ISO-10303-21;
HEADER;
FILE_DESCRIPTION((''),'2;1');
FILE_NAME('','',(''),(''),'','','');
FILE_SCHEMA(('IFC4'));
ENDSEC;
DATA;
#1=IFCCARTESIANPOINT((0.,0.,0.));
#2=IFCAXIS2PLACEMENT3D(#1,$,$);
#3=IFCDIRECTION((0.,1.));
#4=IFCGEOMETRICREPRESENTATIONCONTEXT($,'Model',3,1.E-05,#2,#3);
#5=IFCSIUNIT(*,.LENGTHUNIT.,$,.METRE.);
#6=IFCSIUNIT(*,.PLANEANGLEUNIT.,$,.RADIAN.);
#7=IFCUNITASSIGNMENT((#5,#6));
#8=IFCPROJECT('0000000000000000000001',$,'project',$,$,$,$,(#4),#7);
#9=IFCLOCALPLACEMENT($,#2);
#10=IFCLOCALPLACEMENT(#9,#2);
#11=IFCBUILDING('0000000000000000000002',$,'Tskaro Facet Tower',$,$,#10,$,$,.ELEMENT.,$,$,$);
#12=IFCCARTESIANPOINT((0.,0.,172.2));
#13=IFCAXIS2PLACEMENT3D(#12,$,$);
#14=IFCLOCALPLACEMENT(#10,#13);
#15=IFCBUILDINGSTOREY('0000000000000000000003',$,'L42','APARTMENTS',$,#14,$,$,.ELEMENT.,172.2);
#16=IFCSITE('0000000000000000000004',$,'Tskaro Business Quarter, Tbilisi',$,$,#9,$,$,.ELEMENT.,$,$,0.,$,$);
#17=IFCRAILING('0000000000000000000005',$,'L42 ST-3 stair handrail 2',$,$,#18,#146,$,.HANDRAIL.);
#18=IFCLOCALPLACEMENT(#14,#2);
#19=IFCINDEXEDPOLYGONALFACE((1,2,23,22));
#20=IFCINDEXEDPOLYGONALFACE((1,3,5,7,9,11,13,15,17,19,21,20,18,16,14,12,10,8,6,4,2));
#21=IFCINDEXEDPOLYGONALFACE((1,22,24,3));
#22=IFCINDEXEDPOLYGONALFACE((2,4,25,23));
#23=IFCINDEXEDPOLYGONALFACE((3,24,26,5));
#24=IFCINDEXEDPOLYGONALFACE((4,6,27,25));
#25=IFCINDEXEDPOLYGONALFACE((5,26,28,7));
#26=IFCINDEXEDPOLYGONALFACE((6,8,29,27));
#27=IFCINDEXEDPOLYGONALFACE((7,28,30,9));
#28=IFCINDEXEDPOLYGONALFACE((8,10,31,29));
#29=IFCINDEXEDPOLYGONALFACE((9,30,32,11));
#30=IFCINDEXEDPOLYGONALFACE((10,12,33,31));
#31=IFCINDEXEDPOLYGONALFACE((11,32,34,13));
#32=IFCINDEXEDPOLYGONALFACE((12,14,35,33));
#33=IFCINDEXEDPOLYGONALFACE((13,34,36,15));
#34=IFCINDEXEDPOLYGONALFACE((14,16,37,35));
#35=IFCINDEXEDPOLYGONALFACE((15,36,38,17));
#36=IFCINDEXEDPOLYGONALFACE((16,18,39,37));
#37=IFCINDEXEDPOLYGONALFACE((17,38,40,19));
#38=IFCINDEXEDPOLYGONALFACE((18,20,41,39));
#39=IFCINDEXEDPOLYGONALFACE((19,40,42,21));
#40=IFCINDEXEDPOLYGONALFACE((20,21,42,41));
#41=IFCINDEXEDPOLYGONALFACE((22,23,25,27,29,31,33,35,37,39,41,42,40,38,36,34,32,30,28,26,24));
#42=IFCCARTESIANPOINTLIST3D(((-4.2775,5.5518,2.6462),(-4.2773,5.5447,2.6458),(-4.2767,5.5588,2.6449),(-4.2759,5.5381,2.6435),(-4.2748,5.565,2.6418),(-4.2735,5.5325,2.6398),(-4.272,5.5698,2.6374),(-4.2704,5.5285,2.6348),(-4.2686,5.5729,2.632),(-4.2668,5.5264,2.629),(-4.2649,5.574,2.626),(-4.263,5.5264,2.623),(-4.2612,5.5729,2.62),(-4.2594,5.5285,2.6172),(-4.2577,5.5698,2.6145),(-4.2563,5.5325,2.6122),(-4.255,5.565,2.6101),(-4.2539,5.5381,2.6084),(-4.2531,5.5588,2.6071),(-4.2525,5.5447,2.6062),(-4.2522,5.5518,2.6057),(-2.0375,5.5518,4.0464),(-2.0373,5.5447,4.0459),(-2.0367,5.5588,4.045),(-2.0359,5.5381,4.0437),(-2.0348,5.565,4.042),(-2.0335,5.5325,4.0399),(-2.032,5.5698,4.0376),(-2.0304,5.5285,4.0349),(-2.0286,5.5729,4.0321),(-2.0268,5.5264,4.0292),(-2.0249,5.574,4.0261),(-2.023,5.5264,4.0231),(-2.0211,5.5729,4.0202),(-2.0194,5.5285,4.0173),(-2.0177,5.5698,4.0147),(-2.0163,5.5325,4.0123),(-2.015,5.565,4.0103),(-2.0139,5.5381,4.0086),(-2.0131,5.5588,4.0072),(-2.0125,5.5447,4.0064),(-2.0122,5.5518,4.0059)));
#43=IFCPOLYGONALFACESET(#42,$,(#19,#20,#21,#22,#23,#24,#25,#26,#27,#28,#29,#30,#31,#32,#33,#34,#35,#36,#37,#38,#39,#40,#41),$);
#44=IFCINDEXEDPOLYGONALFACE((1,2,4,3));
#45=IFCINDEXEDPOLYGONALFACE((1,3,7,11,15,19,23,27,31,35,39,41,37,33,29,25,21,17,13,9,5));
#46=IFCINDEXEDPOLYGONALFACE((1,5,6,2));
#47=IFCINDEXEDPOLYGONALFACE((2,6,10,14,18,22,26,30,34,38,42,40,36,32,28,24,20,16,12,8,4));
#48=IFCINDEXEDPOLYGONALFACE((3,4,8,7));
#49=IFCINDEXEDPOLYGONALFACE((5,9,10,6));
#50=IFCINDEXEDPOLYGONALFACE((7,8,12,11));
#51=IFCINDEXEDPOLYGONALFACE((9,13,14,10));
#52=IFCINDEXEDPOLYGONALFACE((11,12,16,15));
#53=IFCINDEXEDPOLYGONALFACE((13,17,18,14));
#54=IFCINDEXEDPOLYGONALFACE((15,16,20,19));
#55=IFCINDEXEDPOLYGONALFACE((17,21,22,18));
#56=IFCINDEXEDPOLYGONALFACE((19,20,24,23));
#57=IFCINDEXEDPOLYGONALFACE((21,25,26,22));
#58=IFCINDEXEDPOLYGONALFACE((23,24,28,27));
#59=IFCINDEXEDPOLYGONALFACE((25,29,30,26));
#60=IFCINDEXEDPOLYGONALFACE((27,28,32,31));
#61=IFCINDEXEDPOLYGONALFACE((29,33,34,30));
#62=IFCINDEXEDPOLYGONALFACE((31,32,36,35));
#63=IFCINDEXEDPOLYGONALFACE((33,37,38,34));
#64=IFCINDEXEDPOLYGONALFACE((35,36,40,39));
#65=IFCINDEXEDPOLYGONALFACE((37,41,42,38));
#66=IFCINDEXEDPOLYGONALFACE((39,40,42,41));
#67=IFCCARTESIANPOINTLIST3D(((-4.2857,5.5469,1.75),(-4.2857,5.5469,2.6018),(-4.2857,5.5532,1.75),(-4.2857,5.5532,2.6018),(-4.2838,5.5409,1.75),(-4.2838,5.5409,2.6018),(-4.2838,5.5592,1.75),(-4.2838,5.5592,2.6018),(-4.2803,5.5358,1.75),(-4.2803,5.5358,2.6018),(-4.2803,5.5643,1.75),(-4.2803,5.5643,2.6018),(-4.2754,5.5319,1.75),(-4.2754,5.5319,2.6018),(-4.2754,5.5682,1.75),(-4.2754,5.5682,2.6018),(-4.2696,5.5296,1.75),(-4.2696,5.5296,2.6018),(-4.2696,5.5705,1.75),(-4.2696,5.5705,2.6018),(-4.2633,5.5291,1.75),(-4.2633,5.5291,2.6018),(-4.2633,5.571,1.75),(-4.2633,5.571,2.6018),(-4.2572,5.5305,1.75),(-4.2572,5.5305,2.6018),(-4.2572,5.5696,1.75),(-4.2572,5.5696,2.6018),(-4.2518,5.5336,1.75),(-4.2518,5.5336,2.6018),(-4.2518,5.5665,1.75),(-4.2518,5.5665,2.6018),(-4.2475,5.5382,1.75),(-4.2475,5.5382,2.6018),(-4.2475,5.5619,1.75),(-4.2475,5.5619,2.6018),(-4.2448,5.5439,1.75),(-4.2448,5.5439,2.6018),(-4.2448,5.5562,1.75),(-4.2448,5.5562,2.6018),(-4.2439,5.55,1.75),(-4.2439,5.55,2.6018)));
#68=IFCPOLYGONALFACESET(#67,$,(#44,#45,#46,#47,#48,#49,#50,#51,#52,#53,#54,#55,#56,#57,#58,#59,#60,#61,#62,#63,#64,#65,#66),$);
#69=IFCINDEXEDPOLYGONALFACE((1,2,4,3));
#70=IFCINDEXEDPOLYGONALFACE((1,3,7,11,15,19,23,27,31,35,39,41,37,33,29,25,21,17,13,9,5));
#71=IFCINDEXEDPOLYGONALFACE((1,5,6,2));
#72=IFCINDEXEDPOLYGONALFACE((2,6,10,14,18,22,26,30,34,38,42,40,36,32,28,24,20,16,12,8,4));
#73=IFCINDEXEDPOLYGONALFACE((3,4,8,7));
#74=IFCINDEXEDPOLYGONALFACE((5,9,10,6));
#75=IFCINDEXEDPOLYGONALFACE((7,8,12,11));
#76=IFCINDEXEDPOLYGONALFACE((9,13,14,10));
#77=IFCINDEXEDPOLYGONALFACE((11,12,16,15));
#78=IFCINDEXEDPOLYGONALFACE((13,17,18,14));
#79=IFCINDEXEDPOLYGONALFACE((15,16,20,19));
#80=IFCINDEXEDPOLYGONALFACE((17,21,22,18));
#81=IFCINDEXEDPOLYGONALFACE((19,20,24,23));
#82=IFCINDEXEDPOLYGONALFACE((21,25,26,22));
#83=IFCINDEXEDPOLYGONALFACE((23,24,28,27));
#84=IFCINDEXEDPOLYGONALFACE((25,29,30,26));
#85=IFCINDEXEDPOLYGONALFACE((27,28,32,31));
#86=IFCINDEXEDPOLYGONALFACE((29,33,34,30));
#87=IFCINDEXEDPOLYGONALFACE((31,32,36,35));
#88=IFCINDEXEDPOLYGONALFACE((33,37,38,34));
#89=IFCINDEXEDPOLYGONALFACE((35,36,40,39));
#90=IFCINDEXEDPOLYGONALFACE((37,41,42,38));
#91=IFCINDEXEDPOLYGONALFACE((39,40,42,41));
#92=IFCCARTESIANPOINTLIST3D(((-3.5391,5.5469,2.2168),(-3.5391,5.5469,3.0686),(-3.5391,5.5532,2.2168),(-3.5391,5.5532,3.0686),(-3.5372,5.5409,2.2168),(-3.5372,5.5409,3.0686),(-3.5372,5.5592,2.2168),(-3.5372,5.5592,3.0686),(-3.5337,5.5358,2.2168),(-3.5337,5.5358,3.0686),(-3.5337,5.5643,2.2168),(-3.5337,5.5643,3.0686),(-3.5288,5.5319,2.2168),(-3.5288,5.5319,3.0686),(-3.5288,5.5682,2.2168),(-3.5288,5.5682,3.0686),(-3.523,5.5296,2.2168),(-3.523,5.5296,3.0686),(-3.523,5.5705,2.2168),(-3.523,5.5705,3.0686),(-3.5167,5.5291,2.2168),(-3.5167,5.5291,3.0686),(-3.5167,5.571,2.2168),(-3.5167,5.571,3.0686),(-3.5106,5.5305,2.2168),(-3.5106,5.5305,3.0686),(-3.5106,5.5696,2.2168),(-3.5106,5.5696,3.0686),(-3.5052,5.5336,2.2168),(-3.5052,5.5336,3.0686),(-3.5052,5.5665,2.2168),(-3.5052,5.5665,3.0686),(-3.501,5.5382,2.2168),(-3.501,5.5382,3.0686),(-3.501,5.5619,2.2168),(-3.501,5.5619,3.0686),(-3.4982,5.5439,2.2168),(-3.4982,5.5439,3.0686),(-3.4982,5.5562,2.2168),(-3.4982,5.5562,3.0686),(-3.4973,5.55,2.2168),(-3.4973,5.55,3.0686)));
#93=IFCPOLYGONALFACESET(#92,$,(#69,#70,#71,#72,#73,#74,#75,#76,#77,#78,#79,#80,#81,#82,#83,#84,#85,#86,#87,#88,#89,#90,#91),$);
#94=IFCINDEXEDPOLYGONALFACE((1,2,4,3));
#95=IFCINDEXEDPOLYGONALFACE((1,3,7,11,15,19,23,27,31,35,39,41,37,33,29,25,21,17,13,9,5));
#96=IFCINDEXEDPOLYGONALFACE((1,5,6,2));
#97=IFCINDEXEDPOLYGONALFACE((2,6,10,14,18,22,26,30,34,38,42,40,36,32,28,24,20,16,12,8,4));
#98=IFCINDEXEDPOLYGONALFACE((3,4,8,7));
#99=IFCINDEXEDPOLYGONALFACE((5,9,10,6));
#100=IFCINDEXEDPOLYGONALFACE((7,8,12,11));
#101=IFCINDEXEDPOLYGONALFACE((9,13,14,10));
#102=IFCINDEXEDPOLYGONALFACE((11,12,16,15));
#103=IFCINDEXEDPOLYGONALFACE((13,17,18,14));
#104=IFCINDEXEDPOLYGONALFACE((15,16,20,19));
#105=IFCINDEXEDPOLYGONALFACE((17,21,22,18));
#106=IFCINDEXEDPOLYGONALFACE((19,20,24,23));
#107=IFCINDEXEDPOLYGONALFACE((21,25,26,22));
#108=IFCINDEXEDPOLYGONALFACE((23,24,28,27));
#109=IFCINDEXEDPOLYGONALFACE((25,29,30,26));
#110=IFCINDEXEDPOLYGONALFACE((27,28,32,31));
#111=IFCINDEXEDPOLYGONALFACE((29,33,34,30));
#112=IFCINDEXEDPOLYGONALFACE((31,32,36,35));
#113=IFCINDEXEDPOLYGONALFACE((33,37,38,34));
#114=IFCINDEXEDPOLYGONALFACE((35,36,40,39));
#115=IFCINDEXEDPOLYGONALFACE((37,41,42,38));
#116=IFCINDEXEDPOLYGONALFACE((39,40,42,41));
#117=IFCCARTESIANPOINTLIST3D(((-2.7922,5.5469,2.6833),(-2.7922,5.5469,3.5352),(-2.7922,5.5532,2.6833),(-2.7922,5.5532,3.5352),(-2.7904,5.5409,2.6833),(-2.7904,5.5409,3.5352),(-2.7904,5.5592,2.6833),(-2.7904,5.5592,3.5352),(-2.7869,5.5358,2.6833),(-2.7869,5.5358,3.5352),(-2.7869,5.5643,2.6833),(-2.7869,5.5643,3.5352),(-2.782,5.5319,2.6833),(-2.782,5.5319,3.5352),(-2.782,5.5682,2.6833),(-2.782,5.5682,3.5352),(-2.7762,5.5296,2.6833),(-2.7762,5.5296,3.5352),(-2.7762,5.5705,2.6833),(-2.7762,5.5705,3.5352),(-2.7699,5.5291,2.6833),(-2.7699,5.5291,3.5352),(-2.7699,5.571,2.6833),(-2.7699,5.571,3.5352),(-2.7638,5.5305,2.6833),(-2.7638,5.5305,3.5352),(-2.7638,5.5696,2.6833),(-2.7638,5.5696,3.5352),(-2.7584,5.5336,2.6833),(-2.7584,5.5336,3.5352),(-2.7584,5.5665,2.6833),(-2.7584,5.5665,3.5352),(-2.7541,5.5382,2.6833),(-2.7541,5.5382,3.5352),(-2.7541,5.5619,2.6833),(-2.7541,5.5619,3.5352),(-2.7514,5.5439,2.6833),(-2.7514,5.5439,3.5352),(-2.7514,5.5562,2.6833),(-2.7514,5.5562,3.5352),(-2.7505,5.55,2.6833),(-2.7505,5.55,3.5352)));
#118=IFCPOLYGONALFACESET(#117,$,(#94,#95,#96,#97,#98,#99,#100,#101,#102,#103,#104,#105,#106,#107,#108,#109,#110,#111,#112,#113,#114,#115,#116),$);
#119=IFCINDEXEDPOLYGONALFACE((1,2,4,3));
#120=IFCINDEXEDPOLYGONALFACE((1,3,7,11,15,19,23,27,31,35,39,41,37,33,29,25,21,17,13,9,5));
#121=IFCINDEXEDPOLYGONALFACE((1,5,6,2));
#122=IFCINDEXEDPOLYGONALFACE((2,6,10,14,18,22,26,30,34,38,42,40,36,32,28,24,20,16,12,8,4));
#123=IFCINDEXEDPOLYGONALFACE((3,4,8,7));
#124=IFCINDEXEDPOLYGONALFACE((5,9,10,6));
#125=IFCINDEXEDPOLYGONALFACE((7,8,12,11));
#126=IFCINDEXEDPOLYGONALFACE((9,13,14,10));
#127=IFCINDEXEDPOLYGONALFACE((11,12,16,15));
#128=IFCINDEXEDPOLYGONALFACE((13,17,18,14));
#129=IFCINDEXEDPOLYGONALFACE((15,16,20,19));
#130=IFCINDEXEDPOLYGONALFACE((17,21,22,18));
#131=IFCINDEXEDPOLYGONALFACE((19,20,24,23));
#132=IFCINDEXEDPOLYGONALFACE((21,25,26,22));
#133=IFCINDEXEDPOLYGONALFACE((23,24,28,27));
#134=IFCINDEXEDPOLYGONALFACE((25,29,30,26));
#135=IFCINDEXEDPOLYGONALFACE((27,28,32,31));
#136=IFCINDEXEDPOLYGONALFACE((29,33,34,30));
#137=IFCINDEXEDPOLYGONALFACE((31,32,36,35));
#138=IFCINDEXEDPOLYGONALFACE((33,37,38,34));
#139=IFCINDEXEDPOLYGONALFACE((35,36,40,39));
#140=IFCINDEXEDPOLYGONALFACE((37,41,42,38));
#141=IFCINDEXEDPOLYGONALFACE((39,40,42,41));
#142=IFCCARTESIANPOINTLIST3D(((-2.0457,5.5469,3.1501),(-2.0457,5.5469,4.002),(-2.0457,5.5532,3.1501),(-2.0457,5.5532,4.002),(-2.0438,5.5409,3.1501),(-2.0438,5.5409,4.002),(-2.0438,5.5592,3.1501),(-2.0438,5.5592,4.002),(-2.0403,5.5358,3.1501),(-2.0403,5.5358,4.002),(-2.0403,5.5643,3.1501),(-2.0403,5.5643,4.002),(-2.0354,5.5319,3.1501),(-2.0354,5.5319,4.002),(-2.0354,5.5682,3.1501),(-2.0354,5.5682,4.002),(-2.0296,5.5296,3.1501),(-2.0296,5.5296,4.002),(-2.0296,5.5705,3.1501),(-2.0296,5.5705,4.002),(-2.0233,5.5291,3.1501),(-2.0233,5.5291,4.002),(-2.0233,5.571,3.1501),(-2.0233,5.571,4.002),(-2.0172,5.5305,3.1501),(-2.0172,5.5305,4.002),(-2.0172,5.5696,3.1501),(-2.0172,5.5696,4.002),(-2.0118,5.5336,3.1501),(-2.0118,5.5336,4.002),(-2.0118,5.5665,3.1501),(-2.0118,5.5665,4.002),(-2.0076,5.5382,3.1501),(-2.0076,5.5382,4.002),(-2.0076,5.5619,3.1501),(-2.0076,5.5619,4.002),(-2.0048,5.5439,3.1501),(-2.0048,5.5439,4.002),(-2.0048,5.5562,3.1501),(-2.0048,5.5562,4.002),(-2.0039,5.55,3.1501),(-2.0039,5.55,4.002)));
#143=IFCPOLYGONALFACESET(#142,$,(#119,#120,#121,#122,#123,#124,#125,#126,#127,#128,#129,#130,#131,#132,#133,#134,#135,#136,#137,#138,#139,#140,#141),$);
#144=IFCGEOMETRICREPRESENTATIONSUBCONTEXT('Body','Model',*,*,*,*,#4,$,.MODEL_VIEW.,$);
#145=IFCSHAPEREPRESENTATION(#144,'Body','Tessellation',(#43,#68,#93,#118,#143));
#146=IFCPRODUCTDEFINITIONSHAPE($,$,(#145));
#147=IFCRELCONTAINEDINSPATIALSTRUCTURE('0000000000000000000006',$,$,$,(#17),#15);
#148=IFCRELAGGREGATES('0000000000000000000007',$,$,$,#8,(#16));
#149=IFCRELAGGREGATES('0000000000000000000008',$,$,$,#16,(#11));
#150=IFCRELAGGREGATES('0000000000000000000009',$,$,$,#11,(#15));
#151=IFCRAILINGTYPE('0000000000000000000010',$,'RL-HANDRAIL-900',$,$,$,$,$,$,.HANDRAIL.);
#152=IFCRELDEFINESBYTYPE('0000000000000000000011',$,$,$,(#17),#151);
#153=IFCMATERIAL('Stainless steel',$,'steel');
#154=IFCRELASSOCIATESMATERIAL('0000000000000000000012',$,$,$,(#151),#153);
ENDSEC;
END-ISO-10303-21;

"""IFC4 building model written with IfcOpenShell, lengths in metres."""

from ifc_helpers import new_model, si_unit, direction, frame, origin, origin_2d, place, context, subcontext, project, spatial, circle, extrude, material, type_object, element, save


model = new_model("IFC4")

# Units and contexts
model_context = context("Model", 3, precision=1e-05, world=origin(), true_north=direction((0.0, 1.0)))
body_context = subcontext(model_context, "Body", "Model", "MODEL_VIEW")
ifc_project = project(units=[si_unit("LENGTHUNIT", "METRE"), si_unit("PLANEANGLEUNIT", "RADIAN")], contexts=[model_context])

# Site, building, storey
site_placement = place(None, origin())
site = spatial("IfcSite", under=ifc_project, at=site_placement, Name="Tskaro Business Quarter, Tbilisi", CompositionType="ELEMENT", RefElevation=0.0)
building_placement = place(site_placement, origin())
building = spatial("IfcBuilding", under=site, at=building_placement, Name="Tskaro Facet Tower", CompositionType="ELEMENT")
storey_placement = place(building_placement, frame((0.0, 0.0, 172.2)))
storey = spatial("IfcBuildingStorey", under=building, at=storey_placement, Name="L42", Description="APARTMENTS", CompositionType="ELEMENT", Elevation=172.2)

# Railing
ifc_material_1 = material(Name="Stainless steel", Category="steel")
railing_type_1 = type_object("IfcRailingType", Name="RL-HANDRAIL-900", PredefinedType="HANDRAIL", material=ifc_material_1)
railing_1_placement = place(storey_placement, frame((-4.2649, 5.55, 1.75)))
element("IfcRailing", 1, at=railing_1_placement, inside=storey, type_object=railing_type_1, Name="L42 ST-3 stair handrail 2", PredefinedType="HANDRAIL", context=body_context, shape_type="SweptSolid", body=[
    extrude(circle(Radius=0.0239, at=origin_2d()), frame((0.0, 0.0, 0.876), z_axis=(0.847972, 0.0, 0.53004), x_axis=(0.0, 1.0, 0.0)), (0.0, 0.0, 1.0), 2.6416),
    extrude(circle(Radius=0.021, at=origin_2d()), origin(), (0.0, 0.0, 1.0), 0.8518),
    extrude(circle(Radius=0.021, at=origin_2d()), frame((0.7466, 0.0, 0.4668)), (0.0, 0.0, 1.0), 0.8518),
    extrude(circle(Radius=0.021, at=origin_2d()), frame((1.4934, 0.0, 0.9333)), (0.0, 0.0, 1.0), 0.8518),
    extrude(circle(Radius=0.021, at=origin_2d()), frame((2.24, 0.0, 1.4001)), (0.0, 0.0, 1.0), 0.8518),
])

save(model, "model.ifc")
